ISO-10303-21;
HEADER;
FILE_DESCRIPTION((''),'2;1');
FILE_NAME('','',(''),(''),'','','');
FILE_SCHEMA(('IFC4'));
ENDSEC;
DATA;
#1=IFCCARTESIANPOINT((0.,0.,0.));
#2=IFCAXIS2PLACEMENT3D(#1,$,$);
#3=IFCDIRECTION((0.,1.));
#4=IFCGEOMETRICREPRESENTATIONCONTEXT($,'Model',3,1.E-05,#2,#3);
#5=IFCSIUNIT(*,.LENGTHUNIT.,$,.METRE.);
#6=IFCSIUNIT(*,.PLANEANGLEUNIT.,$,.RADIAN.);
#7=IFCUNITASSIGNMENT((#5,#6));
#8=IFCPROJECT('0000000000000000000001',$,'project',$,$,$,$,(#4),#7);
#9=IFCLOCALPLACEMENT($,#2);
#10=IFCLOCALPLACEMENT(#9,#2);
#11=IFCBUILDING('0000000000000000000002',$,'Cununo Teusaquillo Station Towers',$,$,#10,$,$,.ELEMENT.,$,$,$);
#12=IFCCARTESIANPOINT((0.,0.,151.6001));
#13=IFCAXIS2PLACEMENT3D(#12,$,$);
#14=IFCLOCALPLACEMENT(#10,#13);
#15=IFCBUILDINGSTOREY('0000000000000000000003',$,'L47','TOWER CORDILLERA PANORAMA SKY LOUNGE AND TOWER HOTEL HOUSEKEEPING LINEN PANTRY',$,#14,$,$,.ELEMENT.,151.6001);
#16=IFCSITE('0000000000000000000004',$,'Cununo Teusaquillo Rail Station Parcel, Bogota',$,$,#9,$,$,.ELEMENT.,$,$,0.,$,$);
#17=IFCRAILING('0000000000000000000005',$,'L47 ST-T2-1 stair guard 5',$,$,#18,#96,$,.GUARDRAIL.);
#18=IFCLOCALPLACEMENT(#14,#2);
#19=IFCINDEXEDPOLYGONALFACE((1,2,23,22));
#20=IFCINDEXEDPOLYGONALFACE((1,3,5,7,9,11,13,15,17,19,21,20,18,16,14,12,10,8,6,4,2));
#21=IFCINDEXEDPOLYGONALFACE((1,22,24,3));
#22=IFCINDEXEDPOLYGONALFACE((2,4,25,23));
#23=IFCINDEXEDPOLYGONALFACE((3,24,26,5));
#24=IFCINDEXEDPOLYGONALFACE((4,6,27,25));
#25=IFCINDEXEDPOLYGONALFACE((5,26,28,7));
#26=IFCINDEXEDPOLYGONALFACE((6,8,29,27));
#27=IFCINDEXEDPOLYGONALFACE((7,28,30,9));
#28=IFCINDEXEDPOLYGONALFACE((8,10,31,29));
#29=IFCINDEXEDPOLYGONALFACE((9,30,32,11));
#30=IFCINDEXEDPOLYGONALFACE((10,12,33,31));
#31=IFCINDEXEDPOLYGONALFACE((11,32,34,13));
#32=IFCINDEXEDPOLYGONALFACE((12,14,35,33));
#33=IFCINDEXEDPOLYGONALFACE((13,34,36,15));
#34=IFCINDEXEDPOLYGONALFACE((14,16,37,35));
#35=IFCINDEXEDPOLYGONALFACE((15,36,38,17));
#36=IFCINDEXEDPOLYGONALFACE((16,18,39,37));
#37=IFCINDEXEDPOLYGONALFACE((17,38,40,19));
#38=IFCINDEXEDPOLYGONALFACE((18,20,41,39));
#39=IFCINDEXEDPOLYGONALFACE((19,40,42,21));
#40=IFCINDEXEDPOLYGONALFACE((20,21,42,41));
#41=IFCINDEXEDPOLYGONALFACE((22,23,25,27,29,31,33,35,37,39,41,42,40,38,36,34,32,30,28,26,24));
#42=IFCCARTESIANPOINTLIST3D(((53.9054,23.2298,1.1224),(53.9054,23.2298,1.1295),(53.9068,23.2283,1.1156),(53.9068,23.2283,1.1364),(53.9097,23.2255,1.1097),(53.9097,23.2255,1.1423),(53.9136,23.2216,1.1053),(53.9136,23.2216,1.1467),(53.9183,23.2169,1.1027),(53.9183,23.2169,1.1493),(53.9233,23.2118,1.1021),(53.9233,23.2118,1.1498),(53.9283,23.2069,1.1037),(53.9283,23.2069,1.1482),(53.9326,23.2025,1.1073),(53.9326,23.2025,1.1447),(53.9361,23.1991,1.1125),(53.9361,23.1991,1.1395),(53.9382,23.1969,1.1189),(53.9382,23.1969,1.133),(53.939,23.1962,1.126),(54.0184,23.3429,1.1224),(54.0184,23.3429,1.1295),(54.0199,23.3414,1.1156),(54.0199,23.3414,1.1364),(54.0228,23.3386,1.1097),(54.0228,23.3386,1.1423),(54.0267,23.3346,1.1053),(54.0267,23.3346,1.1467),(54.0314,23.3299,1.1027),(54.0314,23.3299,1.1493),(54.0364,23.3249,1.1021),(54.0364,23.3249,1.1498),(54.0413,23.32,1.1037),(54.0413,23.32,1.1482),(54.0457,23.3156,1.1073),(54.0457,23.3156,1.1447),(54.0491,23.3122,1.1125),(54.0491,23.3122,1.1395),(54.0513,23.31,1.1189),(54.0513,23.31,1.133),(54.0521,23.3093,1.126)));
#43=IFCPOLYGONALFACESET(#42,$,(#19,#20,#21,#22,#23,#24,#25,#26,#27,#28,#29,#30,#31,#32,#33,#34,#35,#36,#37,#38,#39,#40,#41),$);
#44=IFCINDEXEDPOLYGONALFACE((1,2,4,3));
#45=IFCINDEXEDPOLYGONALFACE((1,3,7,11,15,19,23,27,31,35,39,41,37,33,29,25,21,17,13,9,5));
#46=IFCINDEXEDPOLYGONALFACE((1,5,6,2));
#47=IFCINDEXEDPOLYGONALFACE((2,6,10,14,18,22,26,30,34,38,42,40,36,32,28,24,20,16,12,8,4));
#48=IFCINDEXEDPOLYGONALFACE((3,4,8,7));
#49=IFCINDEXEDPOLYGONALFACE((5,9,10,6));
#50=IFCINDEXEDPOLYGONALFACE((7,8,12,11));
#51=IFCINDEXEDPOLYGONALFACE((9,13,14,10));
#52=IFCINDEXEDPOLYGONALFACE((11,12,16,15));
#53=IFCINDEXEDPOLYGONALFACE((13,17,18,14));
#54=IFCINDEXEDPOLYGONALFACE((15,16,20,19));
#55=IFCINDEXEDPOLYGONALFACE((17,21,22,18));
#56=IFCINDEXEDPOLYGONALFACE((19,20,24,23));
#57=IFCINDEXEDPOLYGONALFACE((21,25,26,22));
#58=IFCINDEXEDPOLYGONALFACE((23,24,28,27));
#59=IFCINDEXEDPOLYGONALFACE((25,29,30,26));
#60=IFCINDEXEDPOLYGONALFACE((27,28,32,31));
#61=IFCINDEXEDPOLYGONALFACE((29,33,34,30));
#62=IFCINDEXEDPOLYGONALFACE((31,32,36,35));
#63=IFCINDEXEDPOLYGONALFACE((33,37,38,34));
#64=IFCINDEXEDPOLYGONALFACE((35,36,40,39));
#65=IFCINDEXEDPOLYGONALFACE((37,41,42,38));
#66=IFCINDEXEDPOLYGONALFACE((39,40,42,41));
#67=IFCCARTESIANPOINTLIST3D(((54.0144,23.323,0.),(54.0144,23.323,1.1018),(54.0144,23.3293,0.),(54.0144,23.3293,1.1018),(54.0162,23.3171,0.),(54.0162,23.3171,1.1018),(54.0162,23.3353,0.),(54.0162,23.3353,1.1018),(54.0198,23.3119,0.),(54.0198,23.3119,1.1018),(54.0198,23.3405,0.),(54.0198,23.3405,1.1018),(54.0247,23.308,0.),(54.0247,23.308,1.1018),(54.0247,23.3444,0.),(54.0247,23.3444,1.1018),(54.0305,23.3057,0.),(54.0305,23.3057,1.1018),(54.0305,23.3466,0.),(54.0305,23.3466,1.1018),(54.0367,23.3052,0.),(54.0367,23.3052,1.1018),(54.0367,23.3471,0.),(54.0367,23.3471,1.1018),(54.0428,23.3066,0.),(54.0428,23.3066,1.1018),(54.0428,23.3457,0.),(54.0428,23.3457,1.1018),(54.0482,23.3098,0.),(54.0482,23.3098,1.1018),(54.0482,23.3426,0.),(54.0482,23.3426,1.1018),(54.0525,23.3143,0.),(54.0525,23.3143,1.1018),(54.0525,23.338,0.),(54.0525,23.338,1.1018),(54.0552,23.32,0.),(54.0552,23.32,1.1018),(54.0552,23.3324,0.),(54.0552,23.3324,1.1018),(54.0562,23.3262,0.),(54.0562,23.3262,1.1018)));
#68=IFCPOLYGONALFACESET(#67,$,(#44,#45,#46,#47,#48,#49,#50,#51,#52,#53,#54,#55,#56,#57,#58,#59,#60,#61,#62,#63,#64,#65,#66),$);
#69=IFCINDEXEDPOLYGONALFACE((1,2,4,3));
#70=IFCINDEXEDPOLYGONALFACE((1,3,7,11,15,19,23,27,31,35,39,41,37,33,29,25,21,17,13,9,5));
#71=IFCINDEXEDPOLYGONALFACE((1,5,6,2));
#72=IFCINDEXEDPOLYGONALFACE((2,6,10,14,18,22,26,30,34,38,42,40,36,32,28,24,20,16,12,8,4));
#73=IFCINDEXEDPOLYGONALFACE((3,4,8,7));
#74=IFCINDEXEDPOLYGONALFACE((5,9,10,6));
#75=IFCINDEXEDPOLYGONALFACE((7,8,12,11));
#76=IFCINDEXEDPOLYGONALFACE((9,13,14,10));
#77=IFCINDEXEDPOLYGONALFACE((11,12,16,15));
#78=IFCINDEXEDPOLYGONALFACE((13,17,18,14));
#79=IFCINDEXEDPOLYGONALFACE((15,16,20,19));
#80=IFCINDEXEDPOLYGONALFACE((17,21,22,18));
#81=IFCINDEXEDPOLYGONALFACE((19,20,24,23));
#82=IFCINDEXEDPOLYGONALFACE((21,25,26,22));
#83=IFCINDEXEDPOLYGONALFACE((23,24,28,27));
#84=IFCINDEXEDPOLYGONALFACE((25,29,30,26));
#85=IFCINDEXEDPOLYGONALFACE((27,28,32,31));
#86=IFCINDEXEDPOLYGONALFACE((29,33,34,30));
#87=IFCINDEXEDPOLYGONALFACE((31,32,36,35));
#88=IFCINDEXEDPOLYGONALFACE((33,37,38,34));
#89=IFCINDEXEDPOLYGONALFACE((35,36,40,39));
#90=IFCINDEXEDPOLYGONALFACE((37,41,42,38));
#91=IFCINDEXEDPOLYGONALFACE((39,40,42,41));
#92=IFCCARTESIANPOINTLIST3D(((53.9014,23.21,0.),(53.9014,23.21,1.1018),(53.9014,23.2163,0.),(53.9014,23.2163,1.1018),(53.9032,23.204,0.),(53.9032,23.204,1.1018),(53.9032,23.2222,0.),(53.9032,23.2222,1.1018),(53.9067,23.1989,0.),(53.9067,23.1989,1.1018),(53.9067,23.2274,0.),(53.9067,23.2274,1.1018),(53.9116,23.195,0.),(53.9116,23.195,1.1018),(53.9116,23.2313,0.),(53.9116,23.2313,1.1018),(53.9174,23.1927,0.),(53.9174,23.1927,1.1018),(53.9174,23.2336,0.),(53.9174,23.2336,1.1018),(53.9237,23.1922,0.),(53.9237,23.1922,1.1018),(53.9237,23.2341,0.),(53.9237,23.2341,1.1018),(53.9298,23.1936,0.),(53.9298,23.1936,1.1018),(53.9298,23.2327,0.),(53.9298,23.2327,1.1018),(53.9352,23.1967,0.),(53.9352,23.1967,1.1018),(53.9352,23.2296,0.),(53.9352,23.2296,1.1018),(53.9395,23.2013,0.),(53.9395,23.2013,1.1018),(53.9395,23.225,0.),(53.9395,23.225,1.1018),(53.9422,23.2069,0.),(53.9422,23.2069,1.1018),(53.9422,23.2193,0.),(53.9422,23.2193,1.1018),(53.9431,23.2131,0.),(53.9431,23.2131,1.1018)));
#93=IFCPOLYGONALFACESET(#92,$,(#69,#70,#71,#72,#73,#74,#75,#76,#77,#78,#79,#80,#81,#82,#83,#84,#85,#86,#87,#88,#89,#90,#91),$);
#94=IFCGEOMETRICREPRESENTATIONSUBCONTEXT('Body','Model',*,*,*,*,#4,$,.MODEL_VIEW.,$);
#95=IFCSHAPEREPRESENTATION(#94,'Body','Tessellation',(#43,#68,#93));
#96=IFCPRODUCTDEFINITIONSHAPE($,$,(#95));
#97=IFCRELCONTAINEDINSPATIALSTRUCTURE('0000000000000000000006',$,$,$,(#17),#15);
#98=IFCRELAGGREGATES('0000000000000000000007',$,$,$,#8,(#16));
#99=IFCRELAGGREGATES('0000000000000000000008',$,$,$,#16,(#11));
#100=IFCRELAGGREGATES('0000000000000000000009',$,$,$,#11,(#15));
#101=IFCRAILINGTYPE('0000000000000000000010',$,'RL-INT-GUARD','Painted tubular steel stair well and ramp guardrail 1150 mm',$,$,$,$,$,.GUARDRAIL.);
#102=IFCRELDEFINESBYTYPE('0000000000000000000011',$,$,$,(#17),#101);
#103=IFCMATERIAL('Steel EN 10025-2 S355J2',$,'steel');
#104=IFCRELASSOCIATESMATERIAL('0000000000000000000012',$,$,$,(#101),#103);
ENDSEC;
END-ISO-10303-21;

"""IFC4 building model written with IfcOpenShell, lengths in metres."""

from ifc_helpers import new_model, si_unit, direction, frame, origin, origin_2d, place, context, subcontext, project, spatial, circle, extrude, material, type_object, element, save


model = new_model("IFC4")

# Units and contexts
model_context = context("Model", 3, precision=1e-05, world=origin(), true_north=direction((0.0, 1.0)))
body_context = subcontext(model_context, "Body", "Model", "MODEL_VIEW")
ifc_project = project(units=[si_unit("LENGTHUNIT", "METRE"), si_unit("PLANEANGLEUNIT", "RADIAN")], contexts=[model_context])

# Site, building, storey
site_placement = place(None, origin())
site = spatial("IfcSite", under=ifc_project, at=site_placement, Name="Cununo Teusaquillo Rail Station Parcel, Bogota", CompositionType="ELEMENT", RefElevation=0.0)
building_placement = place(site_placement, origin())
building = spatial("IfcBuilding", under=site, at=building_placement, Name="Cununo Teusaquillo Station Towers", CompositionType="ELEMENT")
storey_placement = place(building_placement, frame((0.0, 0.0, 151.6001)))
storey = spatial("IfcBuildingStorey", under=building, at=storey_placement, Name="L47", Description="TOWER CORDILLERA PANORAMA SKY LOUNGE AND TOWER HOTEL HOUSEKEEPING LINEN PANTRY", CompositionType="ELEMENT", Elevation=151.6001)

# Railing
ifc_material_1 = material(Name="Steel EN 10025-2 S355J2", Category="steel")
railing_type_1 = type_object("IfcRailingType", Name="RL-INT-GUARD", Description="Painted tubular steel stair well and ramp guardrail 1150 mm", PredefinedType="GUARDRAIL", material=ifc_material_1)
railing_1_placement = place(storey_placement, frame((54.0352, 23.3262, 0.0)))
element("IfcRailing", 1, at=railing_1_placement, inside=storey, type_object=railing_type_1, Name="L47 ST-T2-1 stair guard 5", PredefinedType="GUARDRAIL", context=body_context, shape_type="SweptSolid", body=[
    extrude(circle(Radius=0.0239, at=origin_2d()), frame((0.0, 0.0, 1.126), z_axis=(-0.707107, -0.707107, 0.0), x_axis=(0.707107, -0.707107, 0.0)), (0.0, 0.0, 1.0), 0.1599),
    extrude(circle(Radius=0.021, at=origin_2d()), origin(), (0.0, 0.0, 1.0), 1.1018),
    extrude(circle(Radius=0.021, at=origin_2d()), frame((-0.113, -0.113, 0.0)), (0.0, 0.0, 1.0), 1.1018),
])

save(model, "model.ifc")
